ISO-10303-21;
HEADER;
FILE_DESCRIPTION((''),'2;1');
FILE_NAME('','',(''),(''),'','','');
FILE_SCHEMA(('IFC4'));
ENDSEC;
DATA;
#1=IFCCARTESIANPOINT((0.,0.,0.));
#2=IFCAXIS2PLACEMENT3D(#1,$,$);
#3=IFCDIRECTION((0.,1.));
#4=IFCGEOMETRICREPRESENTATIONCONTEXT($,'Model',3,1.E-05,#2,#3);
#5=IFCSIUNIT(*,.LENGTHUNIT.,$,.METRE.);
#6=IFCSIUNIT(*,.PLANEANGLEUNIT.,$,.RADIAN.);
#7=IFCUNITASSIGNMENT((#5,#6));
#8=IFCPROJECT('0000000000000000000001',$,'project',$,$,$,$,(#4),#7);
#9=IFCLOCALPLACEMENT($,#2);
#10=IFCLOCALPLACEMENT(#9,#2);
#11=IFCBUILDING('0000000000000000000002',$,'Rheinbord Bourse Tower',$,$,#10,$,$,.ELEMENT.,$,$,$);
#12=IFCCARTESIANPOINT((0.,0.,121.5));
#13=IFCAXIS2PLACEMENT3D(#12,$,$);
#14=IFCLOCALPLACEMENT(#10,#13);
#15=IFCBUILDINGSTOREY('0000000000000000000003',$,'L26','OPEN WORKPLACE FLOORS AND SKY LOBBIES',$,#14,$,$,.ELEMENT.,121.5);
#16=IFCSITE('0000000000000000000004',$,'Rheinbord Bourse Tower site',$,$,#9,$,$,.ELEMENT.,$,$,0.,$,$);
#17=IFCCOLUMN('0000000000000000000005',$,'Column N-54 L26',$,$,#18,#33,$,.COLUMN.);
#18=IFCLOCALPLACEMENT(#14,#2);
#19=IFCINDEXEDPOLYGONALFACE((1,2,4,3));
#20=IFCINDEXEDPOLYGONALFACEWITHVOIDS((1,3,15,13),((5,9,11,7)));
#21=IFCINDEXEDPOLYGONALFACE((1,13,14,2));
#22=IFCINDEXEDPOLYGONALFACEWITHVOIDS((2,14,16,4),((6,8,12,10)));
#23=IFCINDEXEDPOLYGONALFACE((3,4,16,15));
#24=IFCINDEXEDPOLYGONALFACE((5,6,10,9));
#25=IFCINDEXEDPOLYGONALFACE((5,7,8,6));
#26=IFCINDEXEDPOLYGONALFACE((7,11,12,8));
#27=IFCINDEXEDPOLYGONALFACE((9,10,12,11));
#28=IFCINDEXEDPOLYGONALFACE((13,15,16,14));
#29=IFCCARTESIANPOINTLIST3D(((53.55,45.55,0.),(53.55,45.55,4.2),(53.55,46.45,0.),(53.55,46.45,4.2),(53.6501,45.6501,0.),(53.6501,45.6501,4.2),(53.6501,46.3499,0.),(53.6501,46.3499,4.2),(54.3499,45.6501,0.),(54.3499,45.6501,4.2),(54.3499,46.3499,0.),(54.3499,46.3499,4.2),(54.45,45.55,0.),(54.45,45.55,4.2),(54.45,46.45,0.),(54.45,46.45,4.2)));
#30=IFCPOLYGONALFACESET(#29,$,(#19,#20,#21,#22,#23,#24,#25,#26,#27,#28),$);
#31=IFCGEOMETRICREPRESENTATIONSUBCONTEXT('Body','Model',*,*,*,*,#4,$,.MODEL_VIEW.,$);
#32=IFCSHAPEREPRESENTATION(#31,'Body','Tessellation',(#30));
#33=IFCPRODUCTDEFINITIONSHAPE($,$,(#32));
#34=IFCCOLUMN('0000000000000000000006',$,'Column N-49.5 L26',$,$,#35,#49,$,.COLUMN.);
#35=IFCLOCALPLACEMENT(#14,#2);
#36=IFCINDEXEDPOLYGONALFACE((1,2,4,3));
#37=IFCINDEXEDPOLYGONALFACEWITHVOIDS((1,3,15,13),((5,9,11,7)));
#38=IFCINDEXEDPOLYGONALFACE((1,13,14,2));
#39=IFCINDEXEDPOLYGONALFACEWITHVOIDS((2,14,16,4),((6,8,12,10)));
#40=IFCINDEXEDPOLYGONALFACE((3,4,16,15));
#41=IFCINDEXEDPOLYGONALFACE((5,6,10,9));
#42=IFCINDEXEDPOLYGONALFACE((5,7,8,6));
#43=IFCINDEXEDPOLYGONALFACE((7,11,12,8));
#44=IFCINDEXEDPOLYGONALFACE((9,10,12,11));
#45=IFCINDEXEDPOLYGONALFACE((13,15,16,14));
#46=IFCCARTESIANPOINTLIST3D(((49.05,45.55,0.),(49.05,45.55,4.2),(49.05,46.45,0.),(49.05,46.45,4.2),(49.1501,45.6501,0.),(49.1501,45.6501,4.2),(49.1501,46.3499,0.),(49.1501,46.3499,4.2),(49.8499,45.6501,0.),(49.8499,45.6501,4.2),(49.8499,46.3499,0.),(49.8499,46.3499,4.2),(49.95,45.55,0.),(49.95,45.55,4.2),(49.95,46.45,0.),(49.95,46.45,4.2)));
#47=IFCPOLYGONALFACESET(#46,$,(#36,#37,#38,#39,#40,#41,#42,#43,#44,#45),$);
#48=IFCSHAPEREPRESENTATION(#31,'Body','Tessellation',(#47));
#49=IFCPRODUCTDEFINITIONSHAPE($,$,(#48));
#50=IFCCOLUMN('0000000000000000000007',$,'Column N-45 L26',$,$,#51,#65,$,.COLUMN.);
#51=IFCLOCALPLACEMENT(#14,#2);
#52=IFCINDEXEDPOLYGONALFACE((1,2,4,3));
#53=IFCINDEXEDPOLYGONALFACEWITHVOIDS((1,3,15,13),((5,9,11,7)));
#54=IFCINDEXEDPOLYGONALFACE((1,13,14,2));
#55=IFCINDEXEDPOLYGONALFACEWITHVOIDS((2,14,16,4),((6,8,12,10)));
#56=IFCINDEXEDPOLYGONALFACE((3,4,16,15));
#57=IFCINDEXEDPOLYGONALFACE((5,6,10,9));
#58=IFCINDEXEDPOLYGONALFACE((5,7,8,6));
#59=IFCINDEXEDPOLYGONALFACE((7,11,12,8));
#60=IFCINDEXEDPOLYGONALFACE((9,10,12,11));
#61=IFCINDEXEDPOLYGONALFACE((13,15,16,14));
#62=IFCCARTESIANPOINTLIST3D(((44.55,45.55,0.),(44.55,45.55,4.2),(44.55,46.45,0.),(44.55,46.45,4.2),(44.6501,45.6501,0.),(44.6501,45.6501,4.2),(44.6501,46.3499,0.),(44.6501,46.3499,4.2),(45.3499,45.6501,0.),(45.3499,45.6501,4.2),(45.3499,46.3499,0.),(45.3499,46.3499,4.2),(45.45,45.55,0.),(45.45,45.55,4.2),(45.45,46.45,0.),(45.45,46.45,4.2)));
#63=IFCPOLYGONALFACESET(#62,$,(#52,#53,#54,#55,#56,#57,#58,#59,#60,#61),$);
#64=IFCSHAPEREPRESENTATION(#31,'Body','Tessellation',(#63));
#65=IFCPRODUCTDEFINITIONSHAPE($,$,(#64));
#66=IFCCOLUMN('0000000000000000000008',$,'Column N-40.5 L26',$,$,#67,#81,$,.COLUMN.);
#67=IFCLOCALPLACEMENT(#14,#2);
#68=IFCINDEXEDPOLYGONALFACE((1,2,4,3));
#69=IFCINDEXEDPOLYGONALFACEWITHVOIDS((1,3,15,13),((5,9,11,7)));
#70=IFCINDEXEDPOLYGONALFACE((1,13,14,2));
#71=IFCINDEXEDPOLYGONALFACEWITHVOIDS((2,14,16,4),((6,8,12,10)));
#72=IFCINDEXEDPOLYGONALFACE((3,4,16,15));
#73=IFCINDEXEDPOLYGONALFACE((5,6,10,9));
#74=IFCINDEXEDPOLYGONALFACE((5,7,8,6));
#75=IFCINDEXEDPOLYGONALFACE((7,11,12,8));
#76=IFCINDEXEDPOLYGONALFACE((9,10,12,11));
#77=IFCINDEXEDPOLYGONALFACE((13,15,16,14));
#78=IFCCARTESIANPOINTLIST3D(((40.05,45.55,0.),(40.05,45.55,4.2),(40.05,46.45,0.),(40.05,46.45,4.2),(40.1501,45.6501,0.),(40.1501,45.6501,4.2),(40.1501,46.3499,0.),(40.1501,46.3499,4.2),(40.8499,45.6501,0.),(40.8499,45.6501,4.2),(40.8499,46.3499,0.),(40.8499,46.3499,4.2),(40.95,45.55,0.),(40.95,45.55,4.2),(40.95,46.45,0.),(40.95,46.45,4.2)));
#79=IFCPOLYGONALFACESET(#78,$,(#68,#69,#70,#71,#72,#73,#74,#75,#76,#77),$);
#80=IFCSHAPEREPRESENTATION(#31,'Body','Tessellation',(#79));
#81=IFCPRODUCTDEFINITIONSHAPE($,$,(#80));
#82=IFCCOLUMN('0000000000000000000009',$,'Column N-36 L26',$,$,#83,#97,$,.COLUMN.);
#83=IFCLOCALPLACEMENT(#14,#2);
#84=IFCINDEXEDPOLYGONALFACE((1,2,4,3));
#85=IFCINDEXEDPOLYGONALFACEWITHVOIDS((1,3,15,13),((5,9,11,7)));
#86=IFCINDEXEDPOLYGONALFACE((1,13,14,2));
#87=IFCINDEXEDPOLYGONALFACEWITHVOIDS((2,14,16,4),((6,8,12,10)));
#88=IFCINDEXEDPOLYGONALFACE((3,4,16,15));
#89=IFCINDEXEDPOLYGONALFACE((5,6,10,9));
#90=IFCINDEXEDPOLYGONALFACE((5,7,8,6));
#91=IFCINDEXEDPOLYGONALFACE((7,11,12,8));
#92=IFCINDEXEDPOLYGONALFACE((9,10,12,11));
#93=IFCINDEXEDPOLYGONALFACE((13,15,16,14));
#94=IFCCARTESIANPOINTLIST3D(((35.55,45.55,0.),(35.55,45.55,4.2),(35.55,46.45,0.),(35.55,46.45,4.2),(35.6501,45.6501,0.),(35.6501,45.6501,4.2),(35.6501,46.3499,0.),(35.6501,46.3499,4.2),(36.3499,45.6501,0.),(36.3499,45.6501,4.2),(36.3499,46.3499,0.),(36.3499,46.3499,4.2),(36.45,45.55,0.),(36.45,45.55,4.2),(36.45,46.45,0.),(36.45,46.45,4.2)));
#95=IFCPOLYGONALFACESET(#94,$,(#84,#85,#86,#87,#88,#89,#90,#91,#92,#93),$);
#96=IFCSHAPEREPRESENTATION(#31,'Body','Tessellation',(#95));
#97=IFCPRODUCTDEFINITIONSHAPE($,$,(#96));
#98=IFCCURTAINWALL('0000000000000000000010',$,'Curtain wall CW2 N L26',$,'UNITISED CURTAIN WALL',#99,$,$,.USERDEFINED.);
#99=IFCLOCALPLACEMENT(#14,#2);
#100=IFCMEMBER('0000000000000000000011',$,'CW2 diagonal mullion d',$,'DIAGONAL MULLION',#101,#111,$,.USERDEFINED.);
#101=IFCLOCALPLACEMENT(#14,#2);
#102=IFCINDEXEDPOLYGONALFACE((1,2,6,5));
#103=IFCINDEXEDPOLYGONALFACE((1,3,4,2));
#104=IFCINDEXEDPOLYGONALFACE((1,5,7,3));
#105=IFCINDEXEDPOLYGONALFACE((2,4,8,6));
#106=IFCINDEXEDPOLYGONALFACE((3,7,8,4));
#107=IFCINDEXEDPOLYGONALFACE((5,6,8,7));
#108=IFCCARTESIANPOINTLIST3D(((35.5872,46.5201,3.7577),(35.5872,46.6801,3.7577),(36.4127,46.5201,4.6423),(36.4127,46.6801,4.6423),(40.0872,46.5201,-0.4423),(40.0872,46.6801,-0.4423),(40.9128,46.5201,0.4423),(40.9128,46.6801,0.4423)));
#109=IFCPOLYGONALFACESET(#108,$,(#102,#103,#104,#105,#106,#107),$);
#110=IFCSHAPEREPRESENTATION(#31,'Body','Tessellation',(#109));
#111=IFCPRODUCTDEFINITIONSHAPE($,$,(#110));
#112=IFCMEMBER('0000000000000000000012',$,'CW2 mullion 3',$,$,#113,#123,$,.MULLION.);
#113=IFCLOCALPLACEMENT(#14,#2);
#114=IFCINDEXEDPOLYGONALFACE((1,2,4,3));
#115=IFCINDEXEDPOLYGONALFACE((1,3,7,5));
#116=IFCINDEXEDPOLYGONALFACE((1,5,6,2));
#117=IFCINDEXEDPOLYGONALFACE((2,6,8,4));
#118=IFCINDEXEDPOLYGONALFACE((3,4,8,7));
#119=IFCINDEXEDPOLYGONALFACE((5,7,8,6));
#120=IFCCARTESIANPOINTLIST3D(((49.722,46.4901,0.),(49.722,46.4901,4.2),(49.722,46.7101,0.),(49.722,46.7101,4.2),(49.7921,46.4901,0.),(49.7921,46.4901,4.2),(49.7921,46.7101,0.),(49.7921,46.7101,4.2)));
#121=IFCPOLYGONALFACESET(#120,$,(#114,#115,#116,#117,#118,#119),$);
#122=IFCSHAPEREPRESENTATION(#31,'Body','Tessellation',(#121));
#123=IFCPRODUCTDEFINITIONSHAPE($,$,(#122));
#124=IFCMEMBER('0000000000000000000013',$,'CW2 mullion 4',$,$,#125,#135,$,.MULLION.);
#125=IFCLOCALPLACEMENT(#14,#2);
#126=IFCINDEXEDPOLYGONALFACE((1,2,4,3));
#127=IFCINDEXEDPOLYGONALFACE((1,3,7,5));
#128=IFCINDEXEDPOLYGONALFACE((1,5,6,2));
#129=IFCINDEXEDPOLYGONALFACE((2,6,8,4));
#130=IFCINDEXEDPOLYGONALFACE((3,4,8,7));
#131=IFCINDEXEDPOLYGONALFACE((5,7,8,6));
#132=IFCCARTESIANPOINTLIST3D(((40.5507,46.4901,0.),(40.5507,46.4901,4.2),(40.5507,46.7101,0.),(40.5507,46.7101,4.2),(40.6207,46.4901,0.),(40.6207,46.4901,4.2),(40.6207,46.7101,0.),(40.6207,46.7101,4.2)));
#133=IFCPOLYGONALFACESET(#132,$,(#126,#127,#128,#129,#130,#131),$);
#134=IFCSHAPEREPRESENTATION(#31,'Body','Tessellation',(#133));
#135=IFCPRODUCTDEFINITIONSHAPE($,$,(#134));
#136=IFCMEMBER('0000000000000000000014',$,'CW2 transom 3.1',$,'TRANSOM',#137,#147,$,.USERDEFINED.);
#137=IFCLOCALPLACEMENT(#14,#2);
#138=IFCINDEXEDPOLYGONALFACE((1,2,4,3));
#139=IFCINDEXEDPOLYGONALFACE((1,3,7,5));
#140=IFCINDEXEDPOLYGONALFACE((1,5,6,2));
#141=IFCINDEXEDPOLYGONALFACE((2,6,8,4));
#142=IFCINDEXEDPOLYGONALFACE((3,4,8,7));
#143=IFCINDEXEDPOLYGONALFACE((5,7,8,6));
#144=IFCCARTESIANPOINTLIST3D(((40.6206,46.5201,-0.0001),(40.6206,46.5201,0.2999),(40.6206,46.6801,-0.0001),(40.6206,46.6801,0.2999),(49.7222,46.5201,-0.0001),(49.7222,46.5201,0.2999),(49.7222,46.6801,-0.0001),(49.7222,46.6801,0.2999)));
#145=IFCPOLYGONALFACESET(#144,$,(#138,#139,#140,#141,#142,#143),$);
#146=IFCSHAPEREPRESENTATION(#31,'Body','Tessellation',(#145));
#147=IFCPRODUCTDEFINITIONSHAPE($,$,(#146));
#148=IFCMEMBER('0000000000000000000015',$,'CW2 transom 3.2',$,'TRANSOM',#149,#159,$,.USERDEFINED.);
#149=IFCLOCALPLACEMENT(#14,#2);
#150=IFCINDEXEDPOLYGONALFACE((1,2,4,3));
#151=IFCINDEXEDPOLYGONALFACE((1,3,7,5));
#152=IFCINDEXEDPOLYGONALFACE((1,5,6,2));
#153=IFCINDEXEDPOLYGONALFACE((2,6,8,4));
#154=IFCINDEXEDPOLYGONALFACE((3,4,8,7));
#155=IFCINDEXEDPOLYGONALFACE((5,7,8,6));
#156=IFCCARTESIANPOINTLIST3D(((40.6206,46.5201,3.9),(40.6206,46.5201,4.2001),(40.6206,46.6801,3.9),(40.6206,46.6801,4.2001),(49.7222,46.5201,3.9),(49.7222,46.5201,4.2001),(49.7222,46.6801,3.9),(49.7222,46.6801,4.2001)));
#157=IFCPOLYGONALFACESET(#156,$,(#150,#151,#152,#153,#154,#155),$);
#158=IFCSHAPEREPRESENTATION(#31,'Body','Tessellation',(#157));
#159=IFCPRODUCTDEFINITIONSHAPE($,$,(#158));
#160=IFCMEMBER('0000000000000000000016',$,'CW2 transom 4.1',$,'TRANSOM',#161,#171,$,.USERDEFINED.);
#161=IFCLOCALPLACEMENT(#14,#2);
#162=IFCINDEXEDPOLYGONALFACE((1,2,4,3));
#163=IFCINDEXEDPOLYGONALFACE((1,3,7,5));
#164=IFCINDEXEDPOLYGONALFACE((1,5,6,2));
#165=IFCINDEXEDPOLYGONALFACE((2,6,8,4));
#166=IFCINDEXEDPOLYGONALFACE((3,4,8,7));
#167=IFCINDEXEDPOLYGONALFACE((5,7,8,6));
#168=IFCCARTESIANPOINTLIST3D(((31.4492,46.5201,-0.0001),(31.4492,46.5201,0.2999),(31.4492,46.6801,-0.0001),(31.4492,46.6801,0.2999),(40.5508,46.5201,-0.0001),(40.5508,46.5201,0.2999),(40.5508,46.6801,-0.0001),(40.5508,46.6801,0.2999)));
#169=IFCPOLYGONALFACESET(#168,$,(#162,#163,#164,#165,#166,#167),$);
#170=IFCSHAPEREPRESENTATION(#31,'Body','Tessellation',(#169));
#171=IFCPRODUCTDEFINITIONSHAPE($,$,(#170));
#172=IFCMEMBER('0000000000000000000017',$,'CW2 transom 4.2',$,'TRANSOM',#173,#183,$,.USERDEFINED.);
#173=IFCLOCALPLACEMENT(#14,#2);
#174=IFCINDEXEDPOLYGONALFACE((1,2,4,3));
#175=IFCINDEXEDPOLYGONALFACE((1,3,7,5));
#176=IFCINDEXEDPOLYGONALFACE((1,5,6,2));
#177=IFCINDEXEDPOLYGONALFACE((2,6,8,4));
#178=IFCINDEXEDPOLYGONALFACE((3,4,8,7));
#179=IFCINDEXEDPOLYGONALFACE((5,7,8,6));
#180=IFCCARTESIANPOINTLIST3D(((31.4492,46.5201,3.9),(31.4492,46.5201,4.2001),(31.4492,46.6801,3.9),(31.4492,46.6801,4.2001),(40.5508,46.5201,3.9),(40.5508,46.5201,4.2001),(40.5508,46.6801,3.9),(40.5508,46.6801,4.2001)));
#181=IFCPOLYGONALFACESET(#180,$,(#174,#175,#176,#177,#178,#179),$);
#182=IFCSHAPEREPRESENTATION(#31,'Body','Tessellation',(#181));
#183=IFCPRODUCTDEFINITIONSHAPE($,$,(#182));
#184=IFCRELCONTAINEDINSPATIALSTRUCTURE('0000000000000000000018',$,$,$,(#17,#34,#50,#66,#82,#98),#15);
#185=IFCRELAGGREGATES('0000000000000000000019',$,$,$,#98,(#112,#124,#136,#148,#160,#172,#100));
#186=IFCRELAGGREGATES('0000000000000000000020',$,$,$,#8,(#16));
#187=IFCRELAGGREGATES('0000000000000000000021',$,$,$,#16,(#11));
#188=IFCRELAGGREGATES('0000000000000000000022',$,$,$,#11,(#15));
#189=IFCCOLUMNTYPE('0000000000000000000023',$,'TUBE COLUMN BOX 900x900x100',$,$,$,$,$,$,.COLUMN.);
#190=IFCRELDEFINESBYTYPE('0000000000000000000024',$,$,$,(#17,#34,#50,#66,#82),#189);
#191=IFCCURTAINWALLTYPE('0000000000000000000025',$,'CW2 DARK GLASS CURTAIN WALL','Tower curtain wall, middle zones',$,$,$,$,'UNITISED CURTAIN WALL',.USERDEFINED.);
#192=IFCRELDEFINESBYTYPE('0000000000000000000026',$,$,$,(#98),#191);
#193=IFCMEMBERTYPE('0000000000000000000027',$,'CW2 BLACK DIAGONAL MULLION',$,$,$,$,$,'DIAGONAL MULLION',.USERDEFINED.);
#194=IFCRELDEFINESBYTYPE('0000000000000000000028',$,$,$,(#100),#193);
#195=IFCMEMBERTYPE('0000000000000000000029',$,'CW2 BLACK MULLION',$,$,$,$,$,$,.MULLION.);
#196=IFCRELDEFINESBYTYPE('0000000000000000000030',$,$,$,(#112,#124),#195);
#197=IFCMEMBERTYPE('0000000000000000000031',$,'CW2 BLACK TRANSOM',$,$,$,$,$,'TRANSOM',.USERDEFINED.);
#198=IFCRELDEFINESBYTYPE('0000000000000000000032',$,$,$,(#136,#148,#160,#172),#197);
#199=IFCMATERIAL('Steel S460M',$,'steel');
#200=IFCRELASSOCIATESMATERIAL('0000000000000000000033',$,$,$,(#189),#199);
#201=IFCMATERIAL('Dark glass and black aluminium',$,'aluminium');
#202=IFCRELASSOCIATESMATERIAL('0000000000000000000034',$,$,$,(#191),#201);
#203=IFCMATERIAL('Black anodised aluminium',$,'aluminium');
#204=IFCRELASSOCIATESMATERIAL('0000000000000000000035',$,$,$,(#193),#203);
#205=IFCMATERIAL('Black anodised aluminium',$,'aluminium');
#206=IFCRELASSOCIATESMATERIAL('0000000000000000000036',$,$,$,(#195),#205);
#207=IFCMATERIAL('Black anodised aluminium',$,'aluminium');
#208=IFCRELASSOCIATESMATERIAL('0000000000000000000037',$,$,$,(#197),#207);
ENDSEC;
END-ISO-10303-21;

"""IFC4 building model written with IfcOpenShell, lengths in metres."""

from ifc_helpers import new_model, si_unit, direction, frame, origin, origin_2d, place, context, subcontext, project, spatial, rectangle, hollow_rectangle, extrude, material, material_profile, profile_set, type_object, element, aggregate, save


model = new_model("IFC4")

# Units and contexts
model_context = context("Model", 3, precision=1e-05, world=origin(), true_north=direction((0.0, 1.0)))
body_context = subcontext(model_context, "Body", "Model", "MODEL_VIEW")
ifc_project = project(units=[si_unit("LENGTHUNIT", "METRE"), si_unit("PLANEANGLEUNIT", "RADIAN")], contexts=[model_context])

# Site, building, storey
site_placement = place(None, origin())
site = spatial("IfcSite", under=ifc_project, at=site_placement, Name="Rheinbord Bourse Tower site", CompositionType="ELEMENT", RefElevation=0.0)
building_placement = place(site_placement, origin())
building = spatial("IfcBuilding", under=site, at=building_placement, Name="Rheinbord Bourse Tower", CompositionType="ELEMENT")
storey_placement = place(building_placement, frame((0.0, 0.0, 121.5)))
storey = spatial("IfcBuildingStorey", under=building, at=storey_placement, Name="L26", Description="OPEN WORKPLACE FLOORS AND SKY LOBBIES", CompositionType="ELEMENT", Elevation=121.5)

# Columns
ifc_material_1 = material(Name="Steel S460M", Category="steel")
ifc_material_profile_1 = material_profile(ifc_material_1, hollow_rectangle(XDim=0.8999, YDim=0.8999, WallThickness=0.1001, at=origin_2d()), Name="BOX 900x900x100")
ifc_profile_set_1 = profile_set([ifc_material_profile_1], Name="Steel S460M")
column_type = type_object("IfcColumnType", Name="TUBE COLUMN BOX 900x900x100", PredefinedType="COLUMN", material=ifc_profile_set_1)
for number, where, z_axis, x_axis, name in (
    (1, (54.0, 46.0, 0.0), (0.0, 0.0, 1.0), (0.0, 1.0, 0.0), "Column N-54 L26"),
    (2, (49.5, 46.0, 0.0), (0.0, 0.0, 1.0), (0.0, 1.0, 0.0), "Column N-49.5 L26"),
    (3, (45.0, 46.0, 0.0), (0.0, 0.0, 1.0), (0.0, 1.0, 0.0), "Column N-45 L26"),
    (4, (40.5, 46.0, 0.0), (0.0, 0.0, 1.0), (0.0, 1.0, 0.0), "Column N-40.5 L26"),
    (5, (36.0, 46.0, 0.0), (0.0, 0.0, 1.0), (0.0, 1.0, 0.0), "Column N-36 L26"),
):
    element("IfcColumn", number, at=place(storey_placement, frame(where, z_axis=z_axis, x_axis=x_axis)), inside=storey, type_object=column_type, Name=name, PredefinedType="COLUMN", context=body_context, shape_type="SweptSolid", body=[
        extrude(hollow_rectangle(XDim=0.8999, YDim=0.8999, WallThickness=0.1001, at=origin_2d()), origin(), (0.0, 0.0, 1.0), 4.2),
    ])

# Curtain wall, members
ifc_material_2 = material(Name="Dark glass and black aluminium", Category="aluminium")
curtain_wall_type = type_object("IfcCurtainWallType", Name="CW2 DARK GLASS CURTAIN WALL", Description="Tower curtain wall, middle zones", ElementType="UNITISED CURTAIN WALL", PredefinedType="USERDEFINED", material=ifc_material_2)
curtain_wall_placement = place(storey_placement, origin())
curtain_wall = element("IfcCurtainWall", 6, at=curtain_wall_placement, inside=storey, type_object=curtain_wall_type, Name="Curtain wall CW2 N L26", ObjectType="UNITISED CURTAIN WALL", PredefinedType="USERDEFINED")
ifc_material_3 = material(Name="Black anodised aluminium", Category="aluminium")
ifc_material_profile_2 = material_profile(ifc_material_3, rectangle(XDim=0.1599, YDim=1.21, at=origin_2d()), Name="CW2 DIAGONAL MULLION 1210x160")
ifc_profile_set_2 = profile_set([ifc_material_profile_2], Name="Black anodised aluminium")
member_type_1 = type_object("IfcMemberType", Name="CW2 BLACK DIAGONAL MULLION", ElementType="DIAGONAL MULLION", PredefinedType="USERDEFINED", material=ifc_profile_set_2)
member_1_placement = place(storey_placement, frame((40.5, 46.6001, 0.0), z_axis=(-0.731059, 0.0, 0.682314), x_axis=(0.0, -1.0, 0.0)))
member_1 = element("IfcMember", 7, at=member_1_placement, type_object=member_type_1, Name="CW2 diagonal mullion d", ObjectType="DIAGONAL MULLION", PredefinedType="USERDEFINED", context=body_context, shape_type="SweptSolid", body=[
    extrude(rectangle(XDim=0.1599, YDim=1.21, at=origin_2d()), origin(), (0.0, 0.0, 1.0), 6.1555),
])
ifc_material_4 = material(Name="Black anodised aluminium", Category="aluminium")
ifc_material_profile_3 = material_profile(ifc_material_4, rectangle(XDim=0.22, YDim=0.0701, at=origin_2d()), Name="CW2 MULLION 70x220")
ifc_profile_set_3 = profile_set([ifc_material_profile_3], Name="Black anodised aluminium")
member_type_2 = type_object("IfcMemberType", Name="CW2 BLACK MULLION", PredefinedType="MULLION", material=ifc_profile_set_3)
member_2_placement = place(storey_placement, frame((49.7571, 46.6001, 0.0), z_axis=(0.0, 0.0, 1.0), x_axis=(0.0, -1.0, 0.0)))
member_2 = element("IfcMember", 8, at=member_2_placement, type_object=member_type_2, Name="CW2 mullion 3", PredefinedType="MULLION", context=body_context, shape_type="SweptSolid", body=[
    extrude(rectangle(XDim=0.22, YDim=0.0701, at=origin_2d()), origin(), (0.0, 0.0, 1.0), 4.2),
])
member_3_placement = place(storey_placement, frame((40.5857, 46.6001, 0.0), z_axis=(0.0, 0.0, 1.0), x_axis=(0.0, -1.0, 0.0)))
member_3 = element("IfcMember", 9, at=member_3_placement, type_object=member_type_2, Name="CW2 mullion 4", PredefinedType="MULLION", context=body_context, shape_type="SweptSolid", body=[
    extrude(rectangle(XDim=0.22, YDim=0.0701, at=origin_2d()), origin(), (0.0, 0.0, 1.0), 4.2),
])
ifc_material_5 = material(Name="Black anodised aluminium", Category="aluminium")
ifc_material_profile_4 = material_profile(ifc_material_5, rectangle(XDim=0.1599, YDim=0.3, at=origin_2d()), Name="CW2 TRANSOM 300x160")
ifc_profile_set_4 = profile_set([ifc_material_profile_4], Name="Black anodised aluminium")
member_type_3 = type_object("IfcMemberType", Name="CW2 BLACK TRANSOM", ElementType="TRANSOM", PredefinedType="USERDEFINED", material=ifc_profile_set_4)
member_4_placement = place(storey_placement, frame((49.7222, 46.6001, 0.1499), z_axis=(-1.0, 0.0, 0.0), x_axis=(0.0, -1.0, 0.0)))
member_4 = element("IfcMember", 10, at=member_4_placement, type_object=member_type_3, Name="CW2 transom 3.1", ObjectType="TRANSOM", PredefinedType="USERDEFINED", context=body_context, shape_type="SweptSolid", body=[
    extrude(rectangle(XDim=0.1599, YDim=0.3, at=origin_2d()), origin(), (0.0, 0.0, 1.0), 9.1016),
])
member_5_placement = place(storey_placement, frame((49.7222, 46.6001, 4.05), z_axis=(-1.0, 0.0, 0.0), x_axis=(0.0, -1.0, 0.0)))
member_5 = element("IfcMember", 11, at=member_5_placement, type_object=member_type_3, Name="CW2 transom 3.2", ObjectType="TRANSOM", PredefinedType="USERDEFINED", context=body_context, shape_type="SweptSolid", body=[
    extrude(rectangle(XDim=0.1599, YDim=0.3, at=origin_2d()), origin(), (0.0, 0.0, 1.0), 9.1016),
])
member_6_placement = place(storey_placement, frame((40.5508, 46.6001, 0.1499), z_axis=(-1.0, 0.0, 0.0), x_axis=(0.0, -1.0, 0.0)))
member_6 = element("IfcMember", 12, at=member_6_placement, type_object=member_type_3, Name="CW2 transom 4.1", ObjectType="TRANSOM", PredefinedType="USERDEFINED", context=body_context, shape_type="SweptSolid", body=[
    extrude(rectangle(XDim=0.1599, YDim=0.3, at=origin_2d()), origin(), (0.0, 0.0, 1.0), 9.1016),
])
member_7_placement = place(storey_placement, frame((40.5508, 46.6001, 4.05), z_axis=(-1.0, 0.0, 0.0), x_axis=(0.0, -1.0, 0.0)))
member_7 = element("IfcMember", 13, at=member_7_placement, type_object=member_type_3, Name="CW2 transom 4.2", ObjectType="TRANSOM", PredefinedType="USERDEFINED", context=body_context, shape_type="SweptSolid", body=[
    extrude(rectangle(XDim=0.1599, YDim=0.3, at=origin_2d()), origin(), (0.0, 0.0, 1.0), 9.1016),
])

aggregate(curtain_wall, [member_2, member_3, member_4, member_5, member_6, member_7, member_1])

save(model, "model.ifc")
